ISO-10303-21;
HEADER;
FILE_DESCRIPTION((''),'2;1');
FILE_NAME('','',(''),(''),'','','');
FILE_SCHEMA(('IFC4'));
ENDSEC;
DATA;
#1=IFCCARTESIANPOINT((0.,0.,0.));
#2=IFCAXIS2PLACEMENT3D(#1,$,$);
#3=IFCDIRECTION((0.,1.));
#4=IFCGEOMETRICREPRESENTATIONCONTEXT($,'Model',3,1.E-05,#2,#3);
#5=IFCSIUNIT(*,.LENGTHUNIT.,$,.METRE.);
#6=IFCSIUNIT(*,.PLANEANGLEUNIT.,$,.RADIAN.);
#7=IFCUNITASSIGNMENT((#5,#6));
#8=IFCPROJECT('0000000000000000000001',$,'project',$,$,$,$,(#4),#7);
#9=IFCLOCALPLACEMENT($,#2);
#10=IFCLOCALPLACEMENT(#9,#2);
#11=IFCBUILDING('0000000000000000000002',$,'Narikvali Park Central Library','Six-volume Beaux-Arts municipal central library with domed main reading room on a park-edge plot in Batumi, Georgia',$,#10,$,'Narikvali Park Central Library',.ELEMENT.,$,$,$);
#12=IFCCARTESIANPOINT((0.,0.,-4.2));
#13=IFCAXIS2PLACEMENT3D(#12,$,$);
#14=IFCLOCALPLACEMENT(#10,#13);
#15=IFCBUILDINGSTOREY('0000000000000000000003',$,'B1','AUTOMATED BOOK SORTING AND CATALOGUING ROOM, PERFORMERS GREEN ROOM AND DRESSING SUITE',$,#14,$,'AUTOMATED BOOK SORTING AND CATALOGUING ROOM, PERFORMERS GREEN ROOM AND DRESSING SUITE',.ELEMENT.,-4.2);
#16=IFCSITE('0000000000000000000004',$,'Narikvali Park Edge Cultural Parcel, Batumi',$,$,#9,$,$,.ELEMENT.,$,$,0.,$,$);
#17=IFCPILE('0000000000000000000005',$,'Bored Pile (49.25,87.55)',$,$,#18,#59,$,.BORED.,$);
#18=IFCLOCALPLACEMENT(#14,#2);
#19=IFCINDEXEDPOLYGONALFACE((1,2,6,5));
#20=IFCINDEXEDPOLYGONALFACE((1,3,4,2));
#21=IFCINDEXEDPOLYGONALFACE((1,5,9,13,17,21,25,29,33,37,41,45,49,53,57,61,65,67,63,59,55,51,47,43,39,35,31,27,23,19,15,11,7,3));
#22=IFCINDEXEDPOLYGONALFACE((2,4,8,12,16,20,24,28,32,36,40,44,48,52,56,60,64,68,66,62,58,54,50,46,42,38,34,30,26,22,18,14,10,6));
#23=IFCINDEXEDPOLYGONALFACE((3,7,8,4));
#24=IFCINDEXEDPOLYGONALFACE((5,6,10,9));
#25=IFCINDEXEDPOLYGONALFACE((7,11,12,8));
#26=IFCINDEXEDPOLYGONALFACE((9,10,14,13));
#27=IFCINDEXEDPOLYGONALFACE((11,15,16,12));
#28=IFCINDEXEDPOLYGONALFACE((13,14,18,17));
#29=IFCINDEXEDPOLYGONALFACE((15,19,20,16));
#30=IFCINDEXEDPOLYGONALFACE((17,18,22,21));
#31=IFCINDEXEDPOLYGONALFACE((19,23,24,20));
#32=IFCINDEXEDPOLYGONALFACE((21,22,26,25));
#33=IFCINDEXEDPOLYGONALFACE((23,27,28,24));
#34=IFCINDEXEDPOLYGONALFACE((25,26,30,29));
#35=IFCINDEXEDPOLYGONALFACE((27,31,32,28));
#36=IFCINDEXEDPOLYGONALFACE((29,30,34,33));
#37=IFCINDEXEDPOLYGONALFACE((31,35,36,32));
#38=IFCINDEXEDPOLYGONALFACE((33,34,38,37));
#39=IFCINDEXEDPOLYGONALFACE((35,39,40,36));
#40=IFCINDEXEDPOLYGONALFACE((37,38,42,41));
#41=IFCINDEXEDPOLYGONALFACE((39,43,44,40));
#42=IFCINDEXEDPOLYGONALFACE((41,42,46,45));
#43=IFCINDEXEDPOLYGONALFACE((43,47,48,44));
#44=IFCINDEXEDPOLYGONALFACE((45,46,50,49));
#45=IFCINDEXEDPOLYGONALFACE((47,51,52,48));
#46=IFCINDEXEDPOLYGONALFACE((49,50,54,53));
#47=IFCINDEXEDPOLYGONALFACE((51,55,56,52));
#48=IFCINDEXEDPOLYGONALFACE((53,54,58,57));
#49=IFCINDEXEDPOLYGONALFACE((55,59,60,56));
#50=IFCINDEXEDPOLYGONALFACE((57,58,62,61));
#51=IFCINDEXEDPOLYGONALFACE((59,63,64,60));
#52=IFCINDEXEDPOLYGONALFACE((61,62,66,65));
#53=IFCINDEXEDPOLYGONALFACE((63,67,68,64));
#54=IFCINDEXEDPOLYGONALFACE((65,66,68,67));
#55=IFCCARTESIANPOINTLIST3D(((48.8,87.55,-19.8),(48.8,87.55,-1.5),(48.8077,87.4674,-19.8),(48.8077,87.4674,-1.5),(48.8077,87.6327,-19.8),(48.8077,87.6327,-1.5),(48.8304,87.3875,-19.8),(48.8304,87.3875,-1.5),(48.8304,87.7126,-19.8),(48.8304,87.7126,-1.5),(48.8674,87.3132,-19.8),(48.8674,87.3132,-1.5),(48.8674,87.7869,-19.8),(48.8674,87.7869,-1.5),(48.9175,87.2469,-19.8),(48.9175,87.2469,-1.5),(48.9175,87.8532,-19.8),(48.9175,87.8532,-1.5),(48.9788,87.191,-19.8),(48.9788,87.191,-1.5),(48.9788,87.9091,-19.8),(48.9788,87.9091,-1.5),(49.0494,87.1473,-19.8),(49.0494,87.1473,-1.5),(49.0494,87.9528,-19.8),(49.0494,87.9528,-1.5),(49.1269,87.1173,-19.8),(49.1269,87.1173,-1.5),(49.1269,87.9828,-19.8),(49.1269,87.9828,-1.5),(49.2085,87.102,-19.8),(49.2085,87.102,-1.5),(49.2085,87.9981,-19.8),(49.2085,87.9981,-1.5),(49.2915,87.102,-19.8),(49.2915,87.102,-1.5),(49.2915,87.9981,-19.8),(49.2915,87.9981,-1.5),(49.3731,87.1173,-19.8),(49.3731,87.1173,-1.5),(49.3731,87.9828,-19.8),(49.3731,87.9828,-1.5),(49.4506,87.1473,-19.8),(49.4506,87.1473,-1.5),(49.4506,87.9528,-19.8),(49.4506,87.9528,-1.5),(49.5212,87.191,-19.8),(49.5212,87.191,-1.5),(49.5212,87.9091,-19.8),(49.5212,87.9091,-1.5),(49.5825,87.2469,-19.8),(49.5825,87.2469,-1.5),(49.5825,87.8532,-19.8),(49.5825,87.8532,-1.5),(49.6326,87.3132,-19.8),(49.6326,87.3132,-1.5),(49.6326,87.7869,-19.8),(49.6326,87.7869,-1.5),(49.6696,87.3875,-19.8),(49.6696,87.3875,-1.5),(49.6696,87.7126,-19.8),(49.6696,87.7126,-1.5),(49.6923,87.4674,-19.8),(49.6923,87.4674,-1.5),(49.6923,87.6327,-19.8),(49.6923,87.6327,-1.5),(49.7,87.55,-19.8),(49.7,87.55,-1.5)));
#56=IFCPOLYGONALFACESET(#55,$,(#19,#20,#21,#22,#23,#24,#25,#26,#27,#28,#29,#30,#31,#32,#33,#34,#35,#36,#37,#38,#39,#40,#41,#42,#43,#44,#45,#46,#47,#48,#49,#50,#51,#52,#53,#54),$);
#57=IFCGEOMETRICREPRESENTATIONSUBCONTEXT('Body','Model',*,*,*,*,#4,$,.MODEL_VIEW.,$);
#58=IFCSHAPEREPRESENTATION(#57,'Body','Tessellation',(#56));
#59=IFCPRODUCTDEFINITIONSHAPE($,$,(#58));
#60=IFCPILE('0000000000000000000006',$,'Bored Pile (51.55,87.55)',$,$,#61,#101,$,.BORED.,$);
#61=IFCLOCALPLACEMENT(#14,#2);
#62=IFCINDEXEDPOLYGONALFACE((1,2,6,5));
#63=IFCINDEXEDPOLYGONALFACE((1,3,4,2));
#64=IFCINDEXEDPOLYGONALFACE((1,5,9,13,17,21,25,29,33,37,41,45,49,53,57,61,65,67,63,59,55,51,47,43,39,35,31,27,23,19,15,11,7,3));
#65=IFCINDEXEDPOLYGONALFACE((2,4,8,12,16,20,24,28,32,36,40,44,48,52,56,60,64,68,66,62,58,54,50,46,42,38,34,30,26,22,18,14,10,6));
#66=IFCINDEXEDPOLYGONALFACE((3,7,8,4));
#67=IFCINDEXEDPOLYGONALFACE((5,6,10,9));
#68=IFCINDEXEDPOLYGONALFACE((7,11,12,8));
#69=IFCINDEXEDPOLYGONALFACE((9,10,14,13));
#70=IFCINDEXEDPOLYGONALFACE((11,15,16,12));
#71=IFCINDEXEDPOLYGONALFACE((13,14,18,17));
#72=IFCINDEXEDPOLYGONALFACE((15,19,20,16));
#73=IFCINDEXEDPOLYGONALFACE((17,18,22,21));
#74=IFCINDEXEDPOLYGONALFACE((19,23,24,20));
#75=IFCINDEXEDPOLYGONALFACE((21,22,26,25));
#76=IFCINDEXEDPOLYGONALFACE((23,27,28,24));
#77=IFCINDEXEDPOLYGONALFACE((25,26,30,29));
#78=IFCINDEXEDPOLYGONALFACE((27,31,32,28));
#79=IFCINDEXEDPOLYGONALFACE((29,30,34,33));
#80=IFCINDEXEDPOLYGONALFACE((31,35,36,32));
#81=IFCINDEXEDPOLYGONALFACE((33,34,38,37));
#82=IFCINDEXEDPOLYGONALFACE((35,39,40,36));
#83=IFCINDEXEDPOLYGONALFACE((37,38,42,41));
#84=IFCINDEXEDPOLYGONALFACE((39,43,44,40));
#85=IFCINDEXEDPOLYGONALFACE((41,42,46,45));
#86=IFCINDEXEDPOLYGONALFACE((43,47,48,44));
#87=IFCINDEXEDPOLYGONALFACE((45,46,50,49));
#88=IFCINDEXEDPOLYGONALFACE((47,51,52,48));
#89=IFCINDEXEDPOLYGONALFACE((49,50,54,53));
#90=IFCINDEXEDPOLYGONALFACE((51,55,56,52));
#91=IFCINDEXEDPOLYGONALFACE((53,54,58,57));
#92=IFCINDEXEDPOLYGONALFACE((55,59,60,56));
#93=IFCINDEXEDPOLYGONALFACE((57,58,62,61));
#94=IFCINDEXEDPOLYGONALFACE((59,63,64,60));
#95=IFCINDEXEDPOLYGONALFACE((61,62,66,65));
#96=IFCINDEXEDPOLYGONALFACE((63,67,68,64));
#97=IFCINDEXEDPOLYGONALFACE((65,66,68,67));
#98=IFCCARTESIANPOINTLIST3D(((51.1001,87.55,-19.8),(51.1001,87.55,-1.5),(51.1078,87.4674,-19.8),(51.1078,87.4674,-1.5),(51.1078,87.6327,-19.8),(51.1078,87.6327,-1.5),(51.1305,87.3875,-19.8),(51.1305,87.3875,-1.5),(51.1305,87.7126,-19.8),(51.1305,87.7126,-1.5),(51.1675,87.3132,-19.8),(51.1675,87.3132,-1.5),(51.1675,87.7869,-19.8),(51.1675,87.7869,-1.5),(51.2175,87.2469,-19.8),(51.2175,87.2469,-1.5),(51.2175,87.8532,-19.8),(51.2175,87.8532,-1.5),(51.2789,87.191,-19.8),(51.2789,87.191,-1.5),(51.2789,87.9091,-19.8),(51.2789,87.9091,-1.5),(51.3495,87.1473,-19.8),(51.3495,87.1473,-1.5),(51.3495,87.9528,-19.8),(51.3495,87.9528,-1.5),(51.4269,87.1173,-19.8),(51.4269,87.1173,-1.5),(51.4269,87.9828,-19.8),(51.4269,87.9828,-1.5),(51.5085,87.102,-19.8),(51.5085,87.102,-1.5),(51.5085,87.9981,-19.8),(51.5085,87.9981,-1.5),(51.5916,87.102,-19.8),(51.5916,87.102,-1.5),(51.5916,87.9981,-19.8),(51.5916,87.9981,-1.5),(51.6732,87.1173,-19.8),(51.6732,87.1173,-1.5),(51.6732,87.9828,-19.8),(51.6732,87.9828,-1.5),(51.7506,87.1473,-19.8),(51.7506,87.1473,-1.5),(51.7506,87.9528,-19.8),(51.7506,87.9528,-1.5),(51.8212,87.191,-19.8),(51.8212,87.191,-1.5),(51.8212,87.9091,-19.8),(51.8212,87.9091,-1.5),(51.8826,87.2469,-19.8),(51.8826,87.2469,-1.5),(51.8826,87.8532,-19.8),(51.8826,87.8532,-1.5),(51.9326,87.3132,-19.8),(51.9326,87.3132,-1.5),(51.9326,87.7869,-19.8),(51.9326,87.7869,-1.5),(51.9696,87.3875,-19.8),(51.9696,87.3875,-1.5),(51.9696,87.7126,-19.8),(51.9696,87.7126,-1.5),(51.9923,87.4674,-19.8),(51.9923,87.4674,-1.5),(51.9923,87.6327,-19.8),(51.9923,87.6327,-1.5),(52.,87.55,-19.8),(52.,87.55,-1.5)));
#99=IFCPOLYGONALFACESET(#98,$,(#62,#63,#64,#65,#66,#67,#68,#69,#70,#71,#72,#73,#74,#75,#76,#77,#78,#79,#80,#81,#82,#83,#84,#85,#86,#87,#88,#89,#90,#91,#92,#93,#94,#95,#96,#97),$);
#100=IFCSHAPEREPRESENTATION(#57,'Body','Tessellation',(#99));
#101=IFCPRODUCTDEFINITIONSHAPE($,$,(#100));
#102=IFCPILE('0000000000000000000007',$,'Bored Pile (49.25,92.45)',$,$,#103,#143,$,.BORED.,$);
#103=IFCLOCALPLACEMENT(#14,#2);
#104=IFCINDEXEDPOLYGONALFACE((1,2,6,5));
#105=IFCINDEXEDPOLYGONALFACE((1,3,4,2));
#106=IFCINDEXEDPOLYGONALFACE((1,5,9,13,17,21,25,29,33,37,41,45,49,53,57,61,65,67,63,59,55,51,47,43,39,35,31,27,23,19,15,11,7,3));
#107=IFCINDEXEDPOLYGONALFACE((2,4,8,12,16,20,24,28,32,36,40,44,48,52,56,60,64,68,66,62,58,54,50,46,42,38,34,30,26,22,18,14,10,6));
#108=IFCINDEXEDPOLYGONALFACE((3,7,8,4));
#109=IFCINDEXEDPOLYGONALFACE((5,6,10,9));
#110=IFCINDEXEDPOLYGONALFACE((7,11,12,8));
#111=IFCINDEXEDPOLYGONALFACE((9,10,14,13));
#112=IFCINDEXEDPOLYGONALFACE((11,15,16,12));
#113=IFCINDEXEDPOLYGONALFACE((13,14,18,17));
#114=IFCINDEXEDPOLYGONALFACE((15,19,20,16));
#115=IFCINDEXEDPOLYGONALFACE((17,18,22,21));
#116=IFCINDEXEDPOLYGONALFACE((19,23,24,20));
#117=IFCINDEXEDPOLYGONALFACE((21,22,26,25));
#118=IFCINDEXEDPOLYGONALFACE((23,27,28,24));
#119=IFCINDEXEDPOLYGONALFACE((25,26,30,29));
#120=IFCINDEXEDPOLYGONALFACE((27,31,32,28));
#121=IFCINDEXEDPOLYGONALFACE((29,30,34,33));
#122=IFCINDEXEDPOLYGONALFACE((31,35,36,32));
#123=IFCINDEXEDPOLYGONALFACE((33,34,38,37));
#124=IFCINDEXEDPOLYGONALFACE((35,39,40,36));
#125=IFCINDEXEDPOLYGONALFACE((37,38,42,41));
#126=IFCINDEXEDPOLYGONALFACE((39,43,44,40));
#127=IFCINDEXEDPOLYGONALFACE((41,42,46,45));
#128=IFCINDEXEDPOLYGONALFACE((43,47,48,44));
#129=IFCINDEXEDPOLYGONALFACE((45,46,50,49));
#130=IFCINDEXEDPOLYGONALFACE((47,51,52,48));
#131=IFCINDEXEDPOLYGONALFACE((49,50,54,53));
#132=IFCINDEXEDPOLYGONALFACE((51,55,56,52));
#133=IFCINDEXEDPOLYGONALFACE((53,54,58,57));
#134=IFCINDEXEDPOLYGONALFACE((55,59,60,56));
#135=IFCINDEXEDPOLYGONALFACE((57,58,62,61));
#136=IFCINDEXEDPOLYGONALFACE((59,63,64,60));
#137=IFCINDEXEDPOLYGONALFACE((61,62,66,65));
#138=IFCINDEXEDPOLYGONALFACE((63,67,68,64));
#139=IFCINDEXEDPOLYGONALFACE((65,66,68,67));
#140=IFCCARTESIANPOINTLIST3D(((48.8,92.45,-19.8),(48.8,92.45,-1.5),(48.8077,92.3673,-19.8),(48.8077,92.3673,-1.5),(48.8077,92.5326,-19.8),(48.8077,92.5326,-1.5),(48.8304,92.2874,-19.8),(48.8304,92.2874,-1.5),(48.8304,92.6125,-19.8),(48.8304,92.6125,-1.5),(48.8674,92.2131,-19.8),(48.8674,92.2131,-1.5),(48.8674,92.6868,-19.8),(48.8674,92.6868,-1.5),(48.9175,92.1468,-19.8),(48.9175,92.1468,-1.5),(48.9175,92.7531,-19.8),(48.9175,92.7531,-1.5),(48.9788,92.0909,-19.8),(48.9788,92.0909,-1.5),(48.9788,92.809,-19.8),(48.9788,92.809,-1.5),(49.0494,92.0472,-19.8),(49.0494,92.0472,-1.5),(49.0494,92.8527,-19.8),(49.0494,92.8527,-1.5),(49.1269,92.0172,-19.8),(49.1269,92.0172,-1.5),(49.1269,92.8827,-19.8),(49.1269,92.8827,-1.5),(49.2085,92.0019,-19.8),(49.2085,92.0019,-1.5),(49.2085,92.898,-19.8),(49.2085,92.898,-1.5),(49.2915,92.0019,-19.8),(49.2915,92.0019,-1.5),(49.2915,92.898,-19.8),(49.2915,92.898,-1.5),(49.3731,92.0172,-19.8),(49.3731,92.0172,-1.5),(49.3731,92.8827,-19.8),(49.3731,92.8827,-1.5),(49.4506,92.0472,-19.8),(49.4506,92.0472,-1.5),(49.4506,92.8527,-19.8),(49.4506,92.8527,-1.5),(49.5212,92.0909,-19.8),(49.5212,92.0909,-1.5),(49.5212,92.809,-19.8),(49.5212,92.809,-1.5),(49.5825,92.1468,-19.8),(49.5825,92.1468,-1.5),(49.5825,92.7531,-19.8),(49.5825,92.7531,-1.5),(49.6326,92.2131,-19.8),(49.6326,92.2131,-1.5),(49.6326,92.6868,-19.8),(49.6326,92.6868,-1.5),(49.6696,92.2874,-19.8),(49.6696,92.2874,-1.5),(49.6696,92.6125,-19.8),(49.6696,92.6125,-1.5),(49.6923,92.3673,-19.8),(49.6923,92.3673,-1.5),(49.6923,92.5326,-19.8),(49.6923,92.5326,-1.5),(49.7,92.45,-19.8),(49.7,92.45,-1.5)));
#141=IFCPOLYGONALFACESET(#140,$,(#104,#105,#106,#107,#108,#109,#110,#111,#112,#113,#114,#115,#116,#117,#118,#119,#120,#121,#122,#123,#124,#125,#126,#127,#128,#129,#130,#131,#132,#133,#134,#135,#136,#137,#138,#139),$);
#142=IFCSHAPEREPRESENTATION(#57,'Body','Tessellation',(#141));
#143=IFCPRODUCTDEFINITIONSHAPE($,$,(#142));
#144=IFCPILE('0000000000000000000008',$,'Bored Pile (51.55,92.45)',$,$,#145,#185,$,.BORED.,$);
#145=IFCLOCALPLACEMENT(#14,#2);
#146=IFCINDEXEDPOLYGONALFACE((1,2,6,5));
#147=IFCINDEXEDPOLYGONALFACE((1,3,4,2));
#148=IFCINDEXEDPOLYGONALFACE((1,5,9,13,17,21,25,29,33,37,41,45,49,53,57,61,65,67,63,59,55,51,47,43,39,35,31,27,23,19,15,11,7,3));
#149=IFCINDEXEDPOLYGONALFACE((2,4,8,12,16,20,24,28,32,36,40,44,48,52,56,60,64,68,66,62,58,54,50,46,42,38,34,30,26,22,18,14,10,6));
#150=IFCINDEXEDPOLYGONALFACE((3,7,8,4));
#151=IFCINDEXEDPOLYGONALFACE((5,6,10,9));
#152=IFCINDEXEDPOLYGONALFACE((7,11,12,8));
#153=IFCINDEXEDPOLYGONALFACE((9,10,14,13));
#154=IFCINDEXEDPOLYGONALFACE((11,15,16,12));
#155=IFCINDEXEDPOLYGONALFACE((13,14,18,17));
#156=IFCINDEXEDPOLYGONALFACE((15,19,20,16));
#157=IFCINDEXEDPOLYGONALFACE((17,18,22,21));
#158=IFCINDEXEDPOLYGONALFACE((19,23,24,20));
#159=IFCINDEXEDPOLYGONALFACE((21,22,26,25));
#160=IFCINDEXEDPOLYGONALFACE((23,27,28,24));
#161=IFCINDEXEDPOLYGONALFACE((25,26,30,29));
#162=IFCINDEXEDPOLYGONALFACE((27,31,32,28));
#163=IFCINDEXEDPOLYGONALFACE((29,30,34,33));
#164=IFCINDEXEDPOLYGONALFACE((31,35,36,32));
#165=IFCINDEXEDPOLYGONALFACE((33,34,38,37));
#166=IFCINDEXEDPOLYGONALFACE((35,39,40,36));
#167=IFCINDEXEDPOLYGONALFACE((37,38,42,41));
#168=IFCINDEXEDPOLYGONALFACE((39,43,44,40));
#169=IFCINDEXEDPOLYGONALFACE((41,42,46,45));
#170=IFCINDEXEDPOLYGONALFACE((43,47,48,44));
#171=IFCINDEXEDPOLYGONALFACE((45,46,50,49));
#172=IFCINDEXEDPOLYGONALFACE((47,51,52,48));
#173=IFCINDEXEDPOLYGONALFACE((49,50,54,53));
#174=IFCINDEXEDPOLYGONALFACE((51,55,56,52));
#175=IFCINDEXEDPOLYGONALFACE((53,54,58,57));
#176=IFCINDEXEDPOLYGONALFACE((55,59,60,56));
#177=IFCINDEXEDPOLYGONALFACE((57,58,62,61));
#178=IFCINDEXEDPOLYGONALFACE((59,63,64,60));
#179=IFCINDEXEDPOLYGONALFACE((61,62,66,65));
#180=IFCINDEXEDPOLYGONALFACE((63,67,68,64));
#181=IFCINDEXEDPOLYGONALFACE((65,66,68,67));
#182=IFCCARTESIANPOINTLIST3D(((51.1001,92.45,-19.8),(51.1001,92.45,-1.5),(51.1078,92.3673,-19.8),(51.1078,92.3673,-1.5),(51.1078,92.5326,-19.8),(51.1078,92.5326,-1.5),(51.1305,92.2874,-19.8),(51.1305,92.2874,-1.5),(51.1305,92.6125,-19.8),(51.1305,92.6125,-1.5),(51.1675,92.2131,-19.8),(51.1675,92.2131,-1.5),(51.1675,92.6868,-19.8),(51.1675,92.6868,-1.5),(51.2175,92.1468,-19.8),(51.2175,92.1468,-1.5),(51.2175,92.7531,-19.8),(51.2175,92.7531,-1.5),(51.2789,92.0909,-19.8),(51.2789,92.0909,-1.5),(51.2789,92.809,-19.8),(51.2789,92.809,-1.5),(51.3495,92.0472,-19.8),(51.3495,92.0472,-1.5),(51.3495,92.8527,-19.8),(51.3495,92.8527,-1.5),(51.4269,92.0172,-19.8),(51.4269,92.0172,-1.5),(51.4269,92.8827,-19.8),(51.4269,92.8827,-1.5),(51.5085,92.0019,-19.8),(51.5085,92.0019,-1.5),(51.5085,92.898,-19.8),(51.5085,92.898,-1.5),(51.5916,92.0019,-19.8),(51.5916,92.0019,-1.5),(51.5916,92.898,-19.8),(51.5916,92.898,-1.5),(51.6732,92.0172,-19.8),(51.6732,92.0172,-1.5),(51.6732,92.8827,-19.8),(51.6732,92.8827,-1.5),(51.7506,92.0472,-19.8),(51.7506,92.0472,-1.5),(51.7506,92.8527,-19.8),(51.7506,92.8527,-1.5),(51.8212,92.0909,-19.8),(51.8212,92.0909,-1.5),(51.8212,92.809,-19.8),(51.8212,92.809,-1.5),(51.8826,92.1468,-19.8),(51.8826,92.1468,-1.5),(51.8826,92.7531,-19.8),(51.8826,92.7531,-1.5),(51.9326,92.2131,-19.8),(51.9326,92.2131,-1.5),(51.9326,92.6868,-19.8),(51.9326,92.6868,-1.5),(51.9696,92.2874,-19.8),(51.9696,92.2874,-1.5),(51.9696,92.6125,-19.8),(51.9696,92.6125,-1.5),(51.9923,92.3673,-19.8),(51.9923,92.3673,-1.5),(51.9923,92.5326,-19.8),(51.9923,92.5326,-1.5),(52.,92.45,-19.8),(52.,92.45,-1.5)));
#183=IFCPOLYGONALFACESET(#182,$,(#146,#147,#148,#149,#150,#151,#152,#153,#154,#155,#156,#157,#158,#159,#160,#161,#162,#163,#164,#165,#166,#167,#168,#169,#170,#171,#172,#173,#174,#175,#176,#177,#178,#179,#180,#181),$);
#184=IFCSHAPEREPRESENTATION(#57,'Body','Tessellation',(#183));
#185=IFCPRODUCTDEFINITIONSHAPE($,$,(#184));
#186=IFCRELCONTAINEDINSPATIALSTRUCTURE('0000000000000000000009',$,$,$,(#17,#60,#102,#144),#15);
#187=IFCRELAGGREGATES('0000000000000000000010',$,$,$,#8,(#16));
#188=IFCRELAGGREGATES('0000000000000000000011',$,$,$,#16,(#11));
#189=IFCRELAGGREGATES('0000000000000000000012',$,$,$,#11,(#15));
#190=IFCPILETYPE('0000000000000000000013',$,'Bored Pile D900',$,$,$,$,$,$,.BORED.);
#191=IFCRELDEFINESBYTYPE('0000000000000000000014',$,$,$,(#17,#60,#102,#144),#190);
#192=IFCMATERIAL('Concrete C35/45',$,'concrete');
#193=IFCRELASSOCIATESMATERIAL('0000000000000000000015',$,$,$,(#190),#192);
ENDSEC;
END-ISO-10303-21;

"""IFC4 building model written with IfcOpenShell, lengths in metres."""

from ifc_helpers import new_model, si_unit, direction, frame, origin, origin_2d, place, context, subcontext, project, spatial, circle, extrude, material, material_profile, profile_set, type_object, element, save


model = new_model("IFC4")

# Units and contexts
model_context = context("Model", 3, precision=1e-05, world=origin(), true_north=direction((0.0, 1.0)))
body_context = subcontext(model_context, "Body", "Model", "MODEL_VIEW")
ifc_project = project(units=[si_unit("LENGTHUNIT", "METRE"), si_unit("PLANEANGLEUNIT", "RADIAN")], contexts=[model_context])

# Site, building, storey
site_placement = place(None, origin())
site = spatial("IfcSite", under=ifc_project, at=site_placement, Name="Narikvali Park Edge Cultural Parcel, Batumi", CompositionType="ELEMENT", RefElevation=0.0)
building_placement = place(site_placement, origin())
building = spatial("IfcBuilding", under=site, at=building_placement, Name="Narikvali Park Central Library", Description="Six-volume Beaux-Arts municipal central library with domed main reading room on a park-edge plot in Batumi, Georgia", LongName="Narikvali Park Central Library", CompositionType="ELEMENT")
storey_placement = place(building_placement, frame((0.0, 0.0, -4.2)))
storey = spatial("IfcBuildingStorey", under=building, at=storey_placement, Name="B1", Description="AUTOMATED BOOK SORTING AND CATALOGUING ROOM, PERFORMERS GREEN ROOM AND DRESSING SUITE", LongName="AUTOMATED BOOK SORTING AND CATALOGUING ROOM, PERFORMERS GREEN ROOM AND DRESSING SUITE", CompositionType="ELEMENT", Elevation=-4.2)

# Piles
ifc_material_1 = material(Name="Concrete C35/45", Category="concrete")
ifc_material_profile_1 = material_profile(ifc_material_1, circle(Radius=0.45, at=origin_2d()), Name="PILE D900")
ifc_profile_set_1 = profile_set([ifc_material_profile_1], Name="Concrete C35/45")
pile_type = type_object("IfcPileType", Name="Bored Pile D900", PredefinedType="BORED", material=ifc_profile_set_1)
for number, where, z_axis, x_axis, name in (
    (1, (49.25, 87.55, -1.5), (0.0, 0.0, -1.0), (1.0, 0.0, 0.0), "Bored Pile (49.25,87.55)"),
    (2, (51.55, 87.55, -1.5), (0.0, 0.0, -1.0), (1.0, 0.0, 0.0), "Bored Pile (51.55,87.55)"),
    (3, (49.25, 92.45, -1.5), (0.0, 0.0, -1.0), (1.0, 0.0, 0.0), "Bored Pile (49.25,92.45)"),
    (4, (51.55, 92.45, -1.5), (0.0, 0.0, -1.0), (1.0, 0.0, 0.0), "Bored Pile (51.55,92.45)"),
):
    element("IfcPile", number, at=place(storey_placement, frame(where, z_axis=z_axis, x_axis=x_axis)), inside=storey, type_object=pile_type, Name=name, PredefinedType="BORED", context=body_context, shape_type="SweptSolid", body=[
        extrude(circle(Radius=0.45, at=origin_2d()), origin(), (0.0, 0.0, 1.0), 18.3),
    ])

save(model, "model.ifc")
